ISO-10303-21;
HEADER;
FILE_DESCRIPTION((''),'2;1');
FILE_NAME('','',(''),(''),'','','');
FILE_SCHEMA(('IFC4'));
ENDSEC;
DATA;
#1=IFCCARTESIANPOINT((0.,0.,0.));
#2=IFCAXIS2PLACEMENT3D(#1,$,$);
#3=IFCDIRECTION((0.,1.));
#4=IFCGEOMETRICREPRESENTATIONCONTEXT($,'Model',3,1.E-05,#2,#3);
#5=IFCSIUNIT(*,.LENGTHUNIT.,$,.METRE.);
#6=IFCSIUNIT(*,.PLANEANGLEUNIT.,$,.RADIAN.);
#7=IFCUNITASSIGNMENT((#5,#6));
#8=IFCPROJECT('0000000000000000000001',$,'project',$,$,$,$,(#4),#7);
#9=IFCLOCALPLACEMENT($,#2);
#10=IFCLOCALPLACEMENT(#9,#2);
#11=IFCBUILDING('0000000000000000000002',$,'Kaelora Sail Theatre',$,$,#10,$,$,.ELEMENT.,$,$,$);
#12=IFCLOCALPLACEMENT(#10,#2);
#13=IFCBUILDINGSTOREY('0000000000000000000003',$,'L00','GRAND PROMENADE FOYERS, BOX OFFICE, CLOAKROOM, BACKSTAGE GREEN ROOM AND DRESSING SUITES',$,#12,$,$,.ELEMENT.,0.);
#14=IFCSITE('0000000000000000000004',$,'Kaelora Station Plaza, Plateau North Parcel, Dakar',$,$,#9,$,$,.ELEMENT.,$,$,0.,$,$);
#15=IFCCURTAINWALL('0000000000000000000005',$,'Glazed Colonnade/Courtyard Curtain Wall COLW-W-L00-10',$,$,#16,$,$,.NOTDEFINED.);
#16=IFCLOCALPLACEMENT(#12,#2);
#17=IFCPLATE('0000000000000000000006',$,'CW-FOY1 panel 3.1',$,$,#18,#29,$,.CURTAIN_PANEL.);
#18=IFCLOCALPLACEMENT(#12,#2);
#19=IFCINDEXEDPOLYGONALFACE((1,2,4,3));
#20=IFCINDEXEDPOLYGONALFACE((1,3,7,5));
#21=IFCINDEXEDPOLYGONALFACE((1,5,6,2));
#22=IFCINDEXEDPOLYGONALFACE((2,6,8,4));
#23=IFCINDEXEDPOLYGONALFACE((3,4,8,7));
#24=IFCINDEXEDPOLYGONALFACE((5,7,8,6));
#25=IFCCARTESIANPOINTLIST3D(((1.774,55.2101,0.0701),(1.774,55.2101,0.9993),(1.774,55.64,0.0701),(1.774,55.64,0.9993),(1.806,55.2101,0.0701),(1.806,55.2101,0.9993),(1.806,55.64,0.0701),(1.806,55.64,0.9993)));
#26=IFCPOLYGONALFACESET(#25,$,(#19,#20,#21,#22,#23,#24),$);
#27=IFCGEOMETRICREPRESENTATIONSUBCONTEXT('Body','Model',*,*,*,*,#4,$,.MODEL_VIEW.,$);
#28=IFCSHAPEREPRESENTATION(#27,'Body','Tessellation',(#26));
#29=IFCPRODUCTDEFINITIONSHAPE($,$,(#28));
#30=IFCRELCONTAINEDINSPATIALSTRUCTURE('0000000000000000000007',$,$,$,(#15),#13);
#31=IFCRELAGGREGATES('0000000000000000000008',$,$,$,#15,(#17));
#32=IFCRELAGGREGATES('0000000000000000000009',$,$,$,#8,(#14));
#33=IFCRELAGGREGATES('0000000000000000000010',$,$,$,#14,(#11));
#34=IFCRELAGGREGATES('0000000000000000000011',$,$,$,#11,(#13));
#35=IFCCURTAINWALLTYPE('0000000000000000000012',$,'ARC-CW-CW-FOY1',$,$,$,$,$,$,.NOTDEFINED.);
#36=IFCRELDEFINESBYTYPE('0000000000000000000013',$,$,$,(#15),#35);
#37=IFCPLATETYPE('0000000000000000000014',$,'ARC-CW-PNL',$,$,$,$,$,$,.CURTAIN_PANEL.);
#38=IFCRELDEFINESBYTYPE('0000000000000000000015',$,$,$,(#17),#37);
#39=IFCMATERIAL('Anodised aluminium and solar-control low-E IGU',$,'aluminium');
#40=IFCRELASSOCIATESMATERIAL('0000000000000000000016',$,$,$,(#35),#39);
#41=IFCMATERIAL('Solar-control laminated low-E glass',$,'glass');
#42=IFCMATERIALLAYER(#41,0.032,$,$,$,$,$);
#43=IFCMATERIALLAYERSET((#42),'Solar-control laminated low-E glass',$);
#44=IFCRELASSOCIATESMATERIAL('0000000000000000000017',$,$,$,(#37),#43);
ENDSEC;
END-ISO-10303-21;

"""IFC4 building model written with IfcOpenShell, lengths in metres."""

from ifc_helpers import new_model, si_unit, direction, frame, origin, origin_2d, place, context, subcontext, project, spatial, rectangle, extrude, material, layer, layer_set, type_object, element, aggregate, save


model = new_model("IFC4")

# Units and contexts
model_context = context("Model", 3, precision=1e-05, world=origin(), true_north=direction((0.0, 1.0)))
body_context = subcontext(model_context, "Body", "Model", "MODEL_VIEW")
ifc_project = project(units=[si_unit("LENGTHUNIT", "METRE"), si_unit("PLANEANGLEUNIT", "RADIAN")], contexts=[model_context])

# Site, building, storey
site_placement = place(None, origin())
site = spatial("IfcSite", under=ifc_project, at=site_placement, Name="Kaelora Station Plaza, Plateau North Parcel, Dakar", CompositionType="ELEMENT", RefElevation=0.0)
building_placement = place(site_placement, origin())
building = spatial("IfcBuilding", under=site, at=building_placement, Name="Kaelora Sail Theatre", CompositionType="ELEMENT")
storey_placement = place(building_placement, origin())
storey = spatial("IfcBuildingStorey", under=building, at=storey_placement, Name="L00", Description="GRAND PROMENADE FOYERS, BOX OFFICE, CLOAKROOM, BACKSTAGE GREEN ROOM AND DRESSING SUITES", CompositionType="ELEMENT", Elevation=0.0)

# Curtain wall
ifc_material_1 = material(Name="Anodised aluminium and solar-control low-E IGU", Category="aluminium")
curtain_wall_type = type_object("IfcCurtainWallType", Name="ARC-CW-CW-FOY1", PredefinedType="NOTDEFINED", material=ifc_material_1)
curtain_wall_1_placement = place(storey_placement, origin())
curtain_wall_1 = element("IfcCurtainWall", 1, at=curtain_wall_1_placement, inside=storey, type_object=curtain_wall_type, Name="Glazed Colonnade/Courtyard Curtain Wall COLW-W-L00-10", PredefinedType="NOTDEFINED")

# Plate
ifc_material_2 = material(Name="Solar-control laminated low-E glass", Category="glass")
ifc_layer = layer(ifc_material_2, 0.032)
ifc_layer_set = layer_set([ifc_layer], Name="Solar-control laminated low-E glass")
plate_type = type_object("IfcPlateType", Name="ARC-CW-PNL", PredefinedType="CURTAIN_PANEL", material=ifc_layer_set)
plate_1_placement = place(storey_placement, frame((1.79, 55.425, 0.0701), z_axis=(0.0, 0.0, 1.0), x_axis=(0.0, 1.0, 0.0)))
plate_1 = element("IfcPlate", 2, at=plate_1_placement, type_object=plate_type, Name="CW-FOY1 panel 3.1", PredefinedType="CURTAIN_PANEL", context=body_context, shape_type="SweptSolid", body=[
    extrude(rectangle(XDim=0.4299, YDim=0.032, at=origin_2d()), origin(), (0.0, 0.0, 1.0), 0.9292),
])
aggregate(curtain_wall_1, [plate_1])

save(model, "model.ifc")
